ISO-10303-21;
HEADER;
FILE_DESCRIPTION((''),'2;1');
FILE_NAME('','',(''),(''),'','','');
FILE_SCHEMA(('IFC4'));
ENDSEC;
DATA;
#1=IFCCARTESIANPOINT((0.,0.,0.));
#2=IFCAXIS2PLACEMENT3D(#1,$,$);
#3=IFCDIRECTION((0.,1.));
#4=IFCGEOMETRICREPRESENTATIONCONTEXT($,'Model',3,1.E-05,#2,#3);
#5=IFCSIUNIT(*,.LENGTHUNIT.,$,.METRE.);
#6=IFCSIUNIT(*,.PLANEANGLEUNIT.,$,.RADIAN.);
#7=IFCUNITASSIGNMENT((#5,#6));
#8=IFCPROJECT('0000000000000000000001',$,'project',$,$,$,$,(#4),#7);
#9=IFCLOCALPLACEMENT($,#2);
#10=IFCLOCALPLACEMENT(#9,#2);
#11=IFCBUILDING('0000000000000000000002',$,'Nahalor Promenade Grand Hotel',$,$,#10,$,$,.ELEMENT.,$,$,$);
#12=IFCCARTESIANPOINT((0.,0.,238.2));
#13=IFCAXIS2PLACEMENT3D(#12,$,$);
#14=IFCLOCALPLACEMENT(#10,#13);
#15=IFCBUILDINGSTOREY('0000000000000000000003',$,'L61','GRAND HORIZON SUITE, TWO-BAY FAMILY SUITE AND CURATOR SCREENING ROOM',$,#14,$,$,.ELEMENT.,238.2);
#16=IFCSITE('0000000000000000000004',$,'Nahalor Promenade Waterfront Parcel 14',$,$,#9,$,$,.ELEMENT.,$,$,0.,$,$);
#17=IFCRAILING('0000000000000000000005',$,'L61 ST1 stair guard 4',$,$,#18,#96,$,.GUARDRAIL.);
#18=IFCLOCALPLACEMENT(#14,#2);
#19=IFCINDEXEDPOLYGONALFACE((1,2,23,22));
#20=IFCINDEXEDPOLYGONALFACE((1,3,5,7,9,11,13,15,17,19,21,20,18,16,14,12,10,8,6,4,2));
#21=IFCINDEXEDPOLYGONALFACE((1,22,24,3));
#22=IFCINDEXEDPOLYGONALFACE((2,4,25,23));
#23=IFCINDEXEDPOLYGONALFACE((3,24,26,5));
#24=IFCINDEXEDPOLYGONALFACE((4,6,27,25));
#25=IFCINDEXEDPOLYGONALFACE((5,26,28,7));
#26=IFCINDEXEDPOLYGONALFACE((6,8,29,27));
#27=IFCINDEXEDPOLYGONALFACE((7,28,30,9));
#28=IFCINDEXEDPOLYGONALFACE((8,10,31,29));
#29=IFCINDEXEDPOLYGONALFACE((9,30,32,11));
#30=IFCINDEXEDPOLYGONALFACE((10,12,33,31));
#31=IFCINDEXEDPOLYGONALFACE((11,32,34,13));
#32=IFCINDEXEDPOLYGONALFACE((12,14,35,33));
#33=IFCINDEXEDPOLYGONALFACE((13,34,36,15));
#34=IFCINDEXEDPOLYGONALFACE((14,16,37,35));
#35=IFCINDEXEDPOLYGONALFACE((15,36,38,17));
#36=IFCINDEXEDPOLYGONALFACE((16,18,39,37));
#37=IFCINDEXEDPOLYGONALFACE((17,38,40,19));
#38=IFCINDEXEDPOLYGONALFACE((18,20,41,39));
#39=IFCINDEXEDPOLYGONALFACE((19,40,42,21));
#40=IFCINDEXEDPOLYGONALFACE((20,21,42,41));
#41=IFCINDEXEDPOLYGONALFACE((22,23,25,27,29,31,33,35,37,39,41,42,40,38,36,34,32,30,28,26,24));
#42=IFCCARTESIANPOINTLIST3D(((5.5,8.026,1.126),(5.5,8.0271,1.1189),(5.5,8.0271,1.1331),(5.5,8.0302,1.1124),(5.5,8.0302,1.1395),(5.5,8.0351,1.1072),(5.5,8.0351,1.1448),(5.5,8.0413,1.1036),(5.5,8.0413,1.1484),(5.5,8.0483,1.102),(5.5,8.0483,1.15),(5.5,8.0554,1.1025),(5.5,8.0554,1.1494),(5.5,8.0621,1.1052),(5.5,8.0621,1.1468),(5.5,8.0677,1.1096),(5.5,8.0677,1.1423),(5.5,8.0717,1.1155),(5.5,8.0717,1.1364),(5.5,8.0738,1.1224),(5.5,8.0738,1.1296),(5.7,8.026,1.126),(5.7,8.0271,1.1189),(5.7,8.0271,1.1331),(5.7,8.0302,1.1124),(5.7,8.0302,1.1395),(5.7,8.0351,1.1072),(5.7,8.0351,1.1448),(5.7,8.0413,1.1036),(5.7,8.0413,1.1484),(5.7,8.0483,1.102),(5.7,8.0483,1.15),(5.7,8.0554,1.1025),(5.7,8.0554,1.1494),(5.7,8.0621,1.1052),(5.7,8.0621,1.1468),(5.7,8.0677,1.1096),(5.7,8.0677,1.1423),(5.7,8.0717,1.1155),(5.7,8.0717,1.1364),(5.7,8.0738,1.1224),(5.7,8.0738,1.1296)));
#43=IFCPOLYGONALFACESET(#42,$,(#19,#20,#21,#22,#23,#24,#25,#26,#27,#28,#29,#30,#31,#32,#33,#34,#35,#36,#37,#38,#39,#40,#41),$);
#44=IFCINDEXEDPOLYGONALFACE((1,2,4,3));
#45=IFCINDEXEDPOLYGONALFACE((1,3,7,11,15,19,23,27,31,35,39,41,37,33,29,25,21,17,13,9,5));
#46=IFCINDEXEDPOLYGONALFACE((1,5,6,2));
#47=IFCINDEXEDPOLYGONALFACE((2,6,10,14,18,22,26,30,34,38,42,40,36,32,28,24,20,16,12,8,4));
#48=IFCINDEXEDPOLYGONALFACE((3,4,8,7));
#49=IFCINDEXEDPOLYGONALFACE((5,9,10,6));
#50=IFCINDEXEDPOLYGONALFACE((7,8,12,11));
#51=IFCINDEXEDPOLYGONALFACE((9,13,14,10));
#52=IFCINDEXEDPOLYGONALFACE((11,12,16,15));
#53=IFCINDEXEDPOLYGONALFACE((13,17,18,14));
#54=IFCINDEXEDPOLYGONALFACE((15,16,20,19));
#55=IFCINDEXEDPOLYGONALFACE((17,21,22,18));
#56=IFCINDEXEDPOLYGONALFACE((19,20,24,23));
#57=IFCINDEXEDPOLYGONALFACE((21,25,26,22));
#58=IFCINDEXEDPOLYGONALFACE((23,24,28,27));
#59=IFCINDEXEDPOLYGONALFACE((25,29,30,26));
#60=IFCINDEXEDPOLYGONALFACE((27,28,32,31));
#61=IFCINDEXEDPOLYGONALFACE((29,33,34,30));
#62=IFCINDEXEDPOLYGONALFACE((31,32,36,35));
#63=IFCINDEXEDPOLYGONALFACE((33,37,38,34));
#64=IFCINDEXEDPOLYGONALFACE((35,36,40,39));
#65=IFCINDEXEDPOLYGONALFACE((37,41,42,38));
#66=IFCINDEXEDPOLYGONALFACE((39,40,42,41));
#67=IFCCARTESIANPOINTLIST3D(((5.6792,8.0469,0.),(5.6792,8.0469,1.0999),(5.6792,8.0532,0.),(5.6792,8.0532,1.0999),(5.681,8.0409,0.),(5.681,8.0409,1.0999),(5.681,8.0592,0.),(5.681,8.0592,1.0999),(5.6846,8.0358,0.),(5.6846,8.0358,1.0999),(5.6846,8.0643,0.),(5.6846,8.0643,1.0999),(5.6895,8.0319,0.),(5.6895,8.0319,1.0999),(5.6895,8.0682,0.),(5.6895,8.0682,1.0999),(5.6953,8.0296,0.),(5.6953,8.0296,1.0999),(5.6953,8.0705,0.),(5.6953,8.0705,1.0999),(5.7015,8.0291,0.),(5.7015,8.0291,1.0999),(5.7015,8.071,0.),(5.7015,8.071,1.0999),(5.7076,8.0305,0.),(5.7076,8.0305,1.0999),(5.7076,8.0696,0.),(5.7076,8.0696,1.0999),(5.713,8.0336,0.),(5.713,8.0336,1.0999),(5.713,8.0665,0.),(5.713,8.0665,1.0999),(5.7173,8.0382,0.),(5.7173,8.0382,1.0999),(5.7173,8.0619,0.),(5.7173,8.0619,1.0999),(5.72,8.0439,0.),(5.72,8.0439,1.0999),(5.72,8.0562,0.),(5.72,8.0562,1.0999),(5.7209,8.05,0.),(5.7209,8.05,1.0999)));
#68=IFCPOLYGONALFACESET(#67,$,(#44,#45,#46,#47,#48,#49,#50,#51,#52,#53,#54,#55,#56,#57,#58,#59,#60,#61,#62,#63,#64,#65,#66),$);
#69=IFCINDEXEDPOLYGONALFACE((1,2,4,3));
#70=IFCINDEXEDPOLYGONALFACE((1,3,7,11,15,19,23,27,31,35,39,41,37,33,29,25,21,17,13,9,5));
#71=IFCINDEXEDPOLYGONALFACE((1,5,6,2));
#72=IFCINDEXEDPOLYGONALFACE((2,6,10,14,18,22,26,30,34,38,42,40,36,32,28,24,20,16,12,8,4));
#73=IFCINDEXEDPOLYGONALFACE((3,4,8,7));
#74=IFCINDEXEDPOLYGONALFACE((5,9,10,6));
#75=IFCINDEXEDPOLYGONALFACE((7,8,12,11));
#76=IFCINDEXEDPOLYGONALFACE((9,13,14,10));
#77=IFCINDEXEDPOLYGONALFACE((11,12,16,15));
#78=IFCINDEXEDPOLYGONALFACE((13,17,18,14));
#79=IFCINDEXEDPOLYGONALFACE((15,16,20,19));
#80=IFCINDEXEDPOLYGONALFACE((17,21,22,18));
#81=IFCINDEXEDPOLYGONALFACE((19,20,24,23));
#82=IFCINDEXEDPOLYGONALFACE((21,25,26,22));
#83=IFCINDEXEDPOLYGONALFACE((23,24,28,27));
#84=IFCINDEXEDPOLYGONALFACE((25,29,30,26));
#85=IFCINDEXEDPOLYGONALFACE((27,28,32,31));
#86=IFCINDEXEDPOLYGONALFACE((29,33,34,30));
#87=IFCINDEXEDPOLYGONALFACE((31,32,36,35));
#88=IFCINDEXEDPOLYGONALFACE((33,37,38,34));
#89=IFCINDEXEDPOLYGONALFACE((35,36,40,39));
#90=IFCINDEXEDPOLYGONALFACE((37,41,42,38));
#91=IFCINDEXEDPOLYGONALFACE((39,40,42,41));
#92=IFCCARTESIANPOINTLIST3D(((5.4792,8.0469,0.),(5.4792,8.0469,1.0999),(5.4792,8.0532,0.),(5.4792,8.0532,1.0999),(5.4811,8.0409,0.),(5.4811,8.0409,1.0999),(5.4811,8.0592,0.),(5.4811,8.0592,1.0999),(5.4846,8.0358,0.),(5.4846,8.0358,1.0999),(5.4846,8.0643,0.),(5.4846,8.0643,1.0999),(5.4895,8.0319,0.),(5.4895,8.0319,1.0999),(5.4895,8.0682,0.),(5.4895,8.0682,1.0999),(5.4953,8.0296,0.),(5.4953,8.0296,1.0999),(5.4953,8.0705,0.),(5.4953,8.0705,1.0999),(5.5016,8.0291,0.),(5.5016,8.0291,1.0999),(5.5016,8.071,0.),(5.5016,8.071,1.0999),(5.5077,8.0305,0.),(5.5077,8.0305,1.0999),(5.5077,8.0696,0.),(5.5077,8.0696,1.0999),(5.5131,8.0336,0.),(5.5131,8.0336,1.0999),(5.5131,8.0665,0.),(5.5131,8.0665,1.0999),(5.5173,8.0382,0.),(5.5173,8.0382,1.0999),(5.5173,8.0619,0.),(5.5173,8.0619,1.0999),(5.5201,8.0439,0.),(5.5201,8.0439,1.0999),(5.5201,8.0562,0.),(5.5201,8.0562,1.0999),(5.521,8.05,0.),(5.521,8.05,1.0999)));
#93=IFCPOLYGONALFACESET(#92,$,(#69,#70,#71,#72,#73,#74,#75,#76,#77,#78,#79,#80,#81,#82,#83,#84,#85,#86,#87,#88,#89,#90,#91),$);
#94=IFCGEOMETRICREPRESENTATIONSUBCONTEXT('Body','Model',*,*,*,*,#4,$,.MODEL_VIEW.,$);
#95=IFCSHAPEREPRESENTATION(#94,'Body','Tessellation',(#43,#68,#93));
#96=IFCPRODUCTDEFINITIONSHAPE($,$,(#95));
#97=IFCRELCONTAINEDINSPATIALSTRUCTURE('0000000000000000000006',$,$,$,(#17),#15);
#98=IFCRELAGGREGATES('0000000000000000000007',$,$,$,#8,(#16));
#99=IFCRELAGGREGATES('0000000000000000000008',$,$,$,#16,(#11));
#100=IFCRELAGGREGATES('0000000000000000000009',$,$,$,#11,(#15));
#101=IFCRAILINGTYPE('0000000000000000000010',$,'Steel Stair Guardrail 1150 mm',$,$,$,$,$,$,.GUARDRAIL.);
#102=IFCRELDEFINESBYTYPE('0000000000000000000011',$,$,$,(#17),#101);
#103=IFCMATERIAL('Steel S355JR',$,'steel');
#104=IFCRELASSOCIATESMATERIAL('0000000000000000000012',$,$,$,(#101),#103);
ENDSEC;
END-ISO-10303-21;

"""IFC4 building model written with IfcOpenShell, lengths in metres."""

from ifc_helpers import new_model, si_unit, direction, frame, origin, origin_2d, place, context, subcontext, project, spatial, circle, extrude, material, type_object, element, save


model = new_model("IFC4")

# Units and contexts
model_context = context("Model", 3, precision=1e-05, world=origin(), true_north=direction((0.0, 1.0)))
body_context = subcontext(model_context, "Body", "Model", "MODEL_VIEW")
ifc_project = project(units=[si_unit("LENGTHUNIT", "METRE"), si_unit("PLANEANGLEUNIT", "RADIAN")], contexts=[model_context])

# Site, building, storey
site_placement = place(None, origin())
site = spatial("IfcSite", under=ifc_project, at=site_placement, Name="Nahalor Promenade Waterfront Parcel 14", CompositionType="ELEMENT", RefElevation=0.0)
building_placement = place(site_placement, origin())
building = spatial("IfcBuilding", under=site, at=building_placement, Name="Nahalor Promenade Grand Hotel", CompositionType="ELEMENT")
storey_placement = place(building_placement, frame((0.0, 0.0, 238.2)))
storey = spatial("IfcBuildingStorey", under=building, at=storey_placement, Name="L61", Description="GRAND HORIZON SUITE, TWO-BAY FAMILY SUITE AND CURATOR SCREENING ROOM", CompositionType="ELEMENT", Elevation=238.2)

# Shared definitions
ifc_material_1 = material(Name="Steel S355JR", Category="steel")

# Railing
railing_type_1 = type_object("IfcRailingType", Name="Steel Stair Guardrail 1150 mm", PredefinedType="GUARDRAIL", material=ifc_material_1)
railing_1_placement = place(storey_placement, frame((5.7, 8.05, 0.0)))
element("IfcRailing", 1, at=railing_1_placement, inside=storey, type_object=railing_type_1, Name="L61 ST1 stair guard 4", PredefinedType="GUARDRAIL", context=body_context, shape_type="SweptSolid", body=[
    extrude(circle(Radius=0.024, at=origin_2d()), frame((0.0, 0.0, 1.126), z_axis=(-1.0, 0.0, 0.0), x_axis=(0.0, -1.0, 0.0)), (0.0, 0.0, 1.0), 0.2),
    extrude(circle(Radius=0.021, at=origin_2d()), origin(), (0.0, 0.0, 1.0), 1.0999),
    extrude(circle(Radius=0.021, at=origin_2d()), frame((-0.2, 0.0, 0.0)), (0.0, 0.0, 1.0), 1.0999),
])

save(model, "model.ifc")
